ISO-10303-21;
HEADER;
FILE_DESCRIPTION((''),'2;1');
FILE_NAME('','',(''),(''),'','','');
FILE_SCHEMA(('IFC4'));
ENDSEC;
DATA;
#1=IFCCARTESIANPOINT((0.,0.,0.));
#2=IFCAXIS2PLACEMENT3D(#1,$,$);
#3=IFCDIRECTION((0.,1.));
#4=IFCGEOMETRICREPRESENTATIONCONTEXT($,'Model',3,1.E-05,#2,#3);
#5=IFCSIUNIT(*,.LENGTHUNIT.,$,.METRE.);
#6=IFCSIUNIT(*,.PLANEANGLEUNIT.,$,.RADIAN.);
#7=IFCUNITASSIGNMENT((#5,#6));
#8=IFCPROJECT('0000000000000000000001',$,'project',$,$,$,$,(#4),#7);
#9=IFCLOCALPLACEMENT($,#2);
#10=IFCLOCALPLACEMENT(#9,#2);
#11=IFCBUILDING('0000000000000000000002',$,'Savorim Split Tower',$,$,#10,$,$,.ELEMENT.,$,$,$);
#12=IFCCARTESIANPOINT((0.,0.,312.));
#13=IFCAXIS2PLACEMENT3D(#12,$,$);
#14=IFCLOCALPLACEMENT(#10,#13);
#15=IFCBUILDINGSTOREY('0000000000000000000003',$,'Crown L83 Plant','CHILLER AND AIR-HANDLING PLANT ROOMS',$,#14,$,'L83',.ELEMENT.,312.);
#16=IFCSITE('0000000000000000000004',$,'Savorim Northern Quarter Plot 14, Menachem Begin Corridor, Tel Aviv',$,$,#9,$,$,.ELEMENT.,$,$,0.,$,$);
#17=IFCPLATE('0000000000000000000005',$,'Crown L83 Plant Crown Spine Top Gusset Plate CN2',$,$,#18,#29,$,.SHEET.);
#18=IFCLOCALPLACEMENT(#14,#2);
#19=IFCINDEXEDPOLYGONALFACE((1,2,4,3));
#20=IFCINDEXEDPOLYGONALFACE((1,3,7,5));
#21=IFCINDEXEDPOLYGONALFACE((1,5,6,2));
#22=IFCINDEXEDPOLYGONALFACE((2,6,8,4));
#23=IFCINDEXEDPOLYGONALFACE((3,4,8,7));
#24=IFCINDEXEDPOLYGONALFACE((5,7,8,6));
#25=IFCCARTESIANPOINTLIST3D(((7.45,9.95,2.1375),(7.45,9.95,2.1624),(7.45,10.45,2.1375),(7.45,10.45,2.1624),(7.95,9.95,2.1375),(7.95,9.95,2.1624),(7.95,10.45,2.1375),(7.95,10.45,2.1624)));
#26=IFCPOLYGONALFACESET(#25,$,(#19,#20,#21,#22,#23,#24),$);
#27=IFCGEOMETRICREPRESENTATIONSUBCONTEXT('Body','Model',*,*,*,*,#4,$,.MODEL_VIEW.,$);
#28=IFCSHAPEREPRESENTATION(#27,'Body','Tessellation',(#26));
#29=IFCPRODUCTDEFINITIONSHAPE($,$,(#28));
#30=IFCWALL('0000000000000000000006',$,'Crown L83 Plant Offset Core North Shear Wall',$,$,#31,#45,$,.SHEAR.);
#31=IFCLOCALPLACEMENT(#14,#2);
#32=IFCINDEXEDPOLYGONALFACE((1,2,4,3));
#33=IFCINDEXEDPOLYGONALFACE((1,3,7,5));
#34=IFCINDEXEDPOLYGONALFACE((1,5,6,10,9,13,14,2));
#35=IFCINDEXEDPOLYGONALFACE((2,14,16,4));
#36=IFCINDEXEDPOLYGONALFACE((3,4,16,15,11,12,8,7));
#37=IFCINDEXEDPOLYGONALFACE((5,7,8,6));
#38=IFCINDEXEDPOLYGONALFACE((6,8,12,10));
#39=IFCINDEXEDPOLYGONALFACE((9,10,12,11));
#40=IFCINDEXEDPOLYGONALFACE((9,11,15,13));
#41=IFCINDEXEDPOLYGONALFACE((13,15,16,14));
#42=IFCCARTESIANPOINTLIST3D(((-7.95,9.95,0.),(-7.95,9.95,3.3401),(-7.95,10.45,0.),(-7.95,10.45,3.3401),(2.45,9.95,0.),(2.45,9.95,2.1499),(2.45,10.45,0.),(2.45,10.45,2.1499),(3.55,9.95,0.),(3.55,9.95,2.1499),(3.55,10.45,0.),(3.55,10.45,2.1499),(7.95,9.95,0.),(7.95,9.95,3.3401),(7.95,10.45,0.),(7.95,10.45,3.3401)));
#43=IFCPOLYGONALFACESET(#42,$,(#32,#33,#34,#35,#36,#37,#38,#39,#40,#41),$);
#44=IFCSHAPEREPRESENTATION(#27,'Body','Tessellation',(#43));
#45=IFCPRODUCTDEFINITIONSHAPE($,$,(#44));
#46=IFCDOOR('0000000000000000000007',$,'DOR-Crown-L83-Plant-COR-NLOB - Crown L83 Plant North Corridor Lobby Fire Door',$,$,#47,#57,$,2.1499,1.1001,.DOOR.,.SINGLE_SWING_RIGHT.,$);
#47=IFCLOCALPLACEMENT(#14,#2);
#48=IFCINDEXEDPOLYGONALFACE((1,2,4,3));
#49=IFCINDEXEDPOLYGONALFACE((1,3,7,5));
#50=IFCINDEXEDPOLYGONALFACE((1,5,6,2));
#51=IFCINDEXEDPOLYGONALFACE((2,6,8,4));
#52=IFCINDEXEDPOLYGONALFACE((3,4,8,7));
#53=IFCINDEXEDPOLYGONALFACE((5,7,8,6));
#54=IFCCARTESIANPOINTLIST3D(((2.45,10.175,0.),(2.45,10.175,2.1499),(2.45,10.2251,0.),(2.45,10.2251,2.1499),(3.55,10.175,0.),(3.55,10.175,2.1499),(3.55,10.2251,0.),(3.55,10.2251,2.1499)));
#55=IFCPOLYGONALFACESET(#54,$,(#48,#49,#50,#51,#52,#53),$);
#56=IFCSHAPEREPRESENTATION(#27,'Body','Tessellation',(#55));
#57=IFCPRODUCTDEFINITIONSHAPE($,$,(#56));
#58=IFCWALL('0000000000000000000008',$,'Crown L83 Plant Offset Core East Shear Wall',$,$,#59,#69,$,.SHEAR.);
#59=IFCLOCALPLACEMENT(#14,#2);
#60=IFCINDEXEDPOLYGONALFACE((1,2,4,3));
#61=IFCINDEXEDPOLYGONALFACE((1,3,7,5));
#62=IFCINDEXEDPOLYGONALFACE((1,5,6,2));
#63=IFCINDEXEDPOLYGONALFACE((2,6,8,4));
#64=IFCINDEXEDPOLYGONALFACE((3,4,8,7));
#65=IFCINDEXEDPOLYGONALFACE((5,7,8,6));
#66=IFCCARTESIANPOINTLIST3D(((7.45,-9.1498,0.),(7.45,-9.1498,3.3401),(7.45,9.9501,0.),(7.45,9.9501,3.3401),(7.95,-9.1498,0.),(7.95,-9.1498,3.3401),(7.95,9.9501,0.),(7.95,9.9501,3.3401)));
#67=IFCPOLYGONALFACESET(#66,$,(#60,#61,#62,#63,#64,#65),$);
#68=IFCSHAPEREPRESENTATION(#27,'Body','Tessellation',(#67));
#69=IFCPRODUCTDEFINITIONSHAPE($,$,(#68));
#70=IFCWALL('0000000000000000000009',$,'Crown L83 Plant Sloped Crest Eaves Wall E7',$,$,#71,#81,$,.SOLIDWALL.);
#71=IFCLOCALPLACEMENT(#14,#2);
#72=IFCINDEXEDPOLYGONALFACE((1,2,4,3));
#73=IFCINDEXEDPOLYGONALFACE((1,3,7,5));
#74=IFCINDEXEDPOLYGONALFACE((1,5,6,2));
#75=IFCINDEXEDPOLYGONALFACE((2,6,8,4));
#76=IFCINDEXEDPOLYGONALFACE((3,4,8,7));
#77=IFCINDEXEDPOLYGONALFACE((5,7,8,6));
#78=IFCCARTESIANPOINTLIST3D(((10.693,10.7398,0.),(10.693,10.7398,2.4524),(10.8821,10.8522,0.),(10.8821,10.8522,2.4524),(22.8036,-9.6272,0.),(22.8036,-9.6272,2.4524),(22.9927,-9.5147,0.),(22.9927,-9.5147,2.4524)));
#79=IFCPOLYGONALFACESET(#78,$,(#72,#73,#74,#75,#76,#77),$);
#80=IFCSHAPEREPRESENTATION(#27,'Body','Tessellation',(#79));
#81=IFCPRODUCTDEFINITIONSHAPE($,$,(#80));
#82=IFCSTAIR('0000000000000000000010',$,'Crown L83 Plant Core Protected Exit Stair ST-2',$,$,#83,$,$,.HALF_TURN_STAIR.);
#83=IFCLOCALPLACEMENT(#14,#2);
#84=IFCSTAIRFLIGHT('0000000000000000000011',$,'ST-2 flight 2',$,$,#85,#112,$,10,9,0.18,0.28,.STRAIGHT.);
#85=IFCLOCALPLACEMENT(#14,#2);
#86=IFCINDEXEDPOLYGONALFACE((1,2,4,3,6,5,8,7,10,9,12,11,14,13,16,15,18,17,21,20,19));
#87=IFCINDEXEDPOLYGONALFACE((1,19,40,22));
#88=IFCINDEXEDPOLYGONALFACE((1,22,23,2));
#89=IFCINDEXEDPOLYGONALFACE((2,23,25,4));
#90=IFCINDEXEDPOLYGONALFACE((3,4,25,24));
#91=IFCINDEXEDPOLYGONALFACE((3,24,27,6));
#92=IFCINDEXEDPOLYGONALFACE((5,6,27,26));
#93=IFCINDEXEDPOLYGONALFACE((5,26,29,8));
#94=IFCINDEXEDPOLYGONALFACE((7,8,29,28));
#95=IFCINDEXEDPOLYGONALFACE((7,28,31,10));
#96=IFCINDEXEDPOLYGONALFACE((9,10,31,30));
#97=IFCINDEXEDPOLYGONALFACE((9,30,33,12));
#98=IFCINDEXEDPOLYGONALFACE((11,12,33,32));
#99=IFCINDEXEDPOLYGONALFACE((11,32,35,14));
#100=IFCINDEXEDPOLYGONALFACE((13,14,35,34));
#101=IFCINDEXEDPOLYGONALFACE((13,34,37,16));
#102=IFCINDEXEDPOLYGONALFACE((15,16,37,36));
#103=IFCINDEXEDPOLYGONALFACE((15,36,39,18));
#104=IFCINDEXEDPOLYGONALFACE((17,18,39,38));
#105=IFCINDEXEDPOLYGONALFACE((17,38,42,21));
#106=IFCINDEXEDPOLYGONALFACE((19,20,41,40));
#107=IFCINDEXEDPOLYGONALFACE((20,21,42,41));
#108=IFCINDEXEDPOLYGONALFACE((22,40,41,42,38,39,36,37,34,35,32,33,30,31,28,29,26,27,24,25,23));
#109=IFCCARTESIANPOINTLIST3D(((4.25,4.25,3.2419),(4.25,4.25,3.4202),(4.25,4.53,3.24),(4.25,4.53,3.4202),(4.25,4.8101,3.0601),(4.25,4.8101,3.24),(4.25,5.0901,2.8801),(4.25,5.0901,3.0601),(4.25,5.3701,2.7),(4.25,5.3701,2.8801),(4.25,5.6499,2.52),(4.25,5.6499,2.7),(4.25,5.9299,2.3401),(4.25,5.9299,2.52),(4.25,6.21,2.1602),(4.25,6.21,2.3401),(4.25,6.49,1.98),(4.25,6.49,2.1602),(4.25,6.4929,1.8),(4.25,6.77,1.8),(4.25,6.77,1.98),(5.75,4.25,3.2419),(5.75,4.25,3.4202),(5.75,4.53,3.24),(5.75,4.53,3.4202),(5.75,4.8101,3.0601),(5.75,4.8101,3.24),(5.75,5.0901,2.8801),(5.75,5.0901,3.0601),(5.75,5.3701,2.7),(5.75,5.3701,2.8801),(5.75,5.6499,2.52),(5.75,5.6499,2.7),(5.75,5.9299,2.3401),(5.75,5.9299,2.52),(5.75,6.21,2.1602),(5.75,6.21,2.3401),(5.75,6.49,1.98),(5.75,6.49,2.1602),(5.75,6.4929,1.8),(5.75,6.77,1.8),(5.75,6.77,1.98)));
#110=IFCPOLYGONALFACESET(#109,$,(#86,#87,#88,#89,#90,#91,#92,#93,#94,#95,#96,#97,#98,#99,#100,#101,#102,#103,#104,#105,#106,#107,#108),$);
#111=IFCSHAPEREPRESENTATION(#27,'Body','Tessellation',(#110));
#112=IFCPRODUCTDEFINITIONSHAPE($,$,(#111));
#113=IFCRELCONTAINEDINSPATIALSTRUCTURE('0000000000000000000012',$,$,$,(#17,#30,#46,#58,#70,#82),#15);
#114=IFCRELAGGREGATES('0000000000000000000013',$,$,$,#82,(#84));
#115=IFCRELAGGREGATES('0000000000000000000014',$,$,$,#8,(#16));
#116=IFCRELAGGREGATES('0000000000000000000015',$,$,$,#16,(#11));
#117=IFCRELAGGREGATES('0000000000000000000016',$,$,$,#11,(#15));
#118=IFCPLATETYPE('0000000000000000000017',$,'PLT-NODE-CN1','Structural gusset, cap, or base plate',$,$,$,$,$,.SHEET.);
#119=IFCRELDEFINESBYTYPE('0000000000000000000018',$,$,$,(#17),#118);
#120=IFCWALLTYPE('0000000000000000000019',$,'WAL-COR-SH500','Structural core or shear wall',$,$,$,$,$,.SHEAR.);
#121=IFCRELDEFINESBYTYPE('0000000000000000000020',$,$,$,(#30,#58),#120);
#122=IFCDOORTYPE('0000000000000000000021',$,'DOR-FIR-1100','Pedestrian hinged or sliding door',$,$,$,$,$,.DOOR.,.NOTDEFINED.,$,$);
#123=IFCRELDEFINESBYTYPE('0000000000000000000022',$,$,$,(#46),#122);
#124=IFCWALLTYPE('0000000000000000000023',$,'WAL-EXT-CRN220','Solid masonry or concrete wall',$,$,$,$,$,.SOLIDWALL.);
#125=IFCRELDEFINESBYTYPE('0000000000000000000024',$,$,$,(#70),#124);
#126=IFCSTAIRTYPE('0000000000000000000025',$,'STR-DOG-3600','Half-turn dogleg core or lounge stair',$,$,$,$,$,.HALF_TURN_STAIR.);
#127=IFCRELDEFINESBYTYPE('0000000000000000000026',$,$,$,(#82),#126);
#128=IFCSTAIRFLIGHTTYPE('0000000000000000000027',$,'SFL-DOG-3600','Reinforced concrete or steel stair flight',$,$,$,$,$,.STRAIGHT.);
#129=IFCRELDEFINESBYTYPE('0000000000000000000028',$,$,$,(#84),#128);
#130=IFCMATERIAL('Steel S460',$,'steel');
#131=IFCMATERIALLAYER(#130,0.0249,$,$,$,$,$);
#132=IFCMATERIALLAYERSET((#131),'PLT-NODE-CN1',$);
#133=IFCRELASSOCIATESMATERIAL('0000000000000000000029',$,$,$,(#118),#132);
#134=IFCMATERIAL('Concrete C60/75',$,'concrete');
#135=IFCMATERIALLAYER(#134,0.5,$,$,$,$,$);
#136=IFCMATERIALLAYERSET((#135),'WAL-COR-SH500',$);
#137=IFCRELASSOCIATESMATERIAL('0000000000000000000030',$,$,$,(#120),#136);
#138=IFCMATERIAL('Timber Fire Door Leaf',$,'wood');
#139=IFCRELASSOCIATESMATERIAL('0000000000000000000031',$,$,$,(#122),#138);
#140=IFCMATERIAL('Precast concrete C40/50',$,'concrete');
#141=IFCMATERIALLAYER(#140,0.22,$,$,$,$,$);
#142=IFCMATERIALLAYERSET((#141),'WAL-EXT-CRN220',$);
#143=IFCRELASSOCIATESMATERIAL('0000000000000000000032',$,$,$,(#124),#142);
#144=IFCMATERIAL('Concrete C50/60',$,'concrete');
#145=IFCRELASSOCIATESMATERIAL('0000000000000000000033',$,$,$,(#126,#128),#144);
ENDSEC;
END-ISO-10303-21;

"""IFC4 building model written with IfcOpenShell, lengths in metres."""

from ifc_helpers import new_model, si_unit, direction, frame, frame_2d, origin, origin_2d, place, context, subcontext, project, spatial, polyline, rectangle, outline, extrude, material, layer, layer_set, type_object, element, fill, aggregate, save


model = new_model("IFC4")

# Units and contexts
model_context = context("Model", 3, precision=1e-05, world=origin(), true_north=direction((0.0, 1.0)))
body_context = subcontext(model_context, "Body", "Model", "MODEL_VIEW")
ifc_project = project(units=[si_unit("LENGTHUNIT", "METRE"), si_unit("PLANEANGLEUNIT", "RADIAN")], contexts=[model_context])

# Site, building, storey
site_placement = place(None, origin())
site = spatial("IfcSite", under=ifc_project, at=site_placement, Name="Savorim Northern Quarter Plot 14, Menachem Begin Corridor, Tel Aviv", CompositionType="ELEMENT", RefElevation=0.0)
building_placement = place(site_placement, origin())
building = spatial("IfcBuilding", under=site, at=building_placement, Name="Savorim Split Tower", CompositionType="ELEMENT")
storey_placement = place(building_placement, frame((0.0, 0.0, 312.0)))
storey = spatial("IfcBuildingStorey", under=building, at=storey_placement, Name="Crown L83 Plant", Description="CHILLER AND AIR-HANDLING PLANT ROOMS", LongName="L83", CompositionType="ELEMENT", Elevation=312.0)

# Plate
ifc_material_1 = material(Name="Steel S460", Category="steel")
ifc_layer_1 = layer(ifc_material_1, 0.0249)
ifc_layer_set_1 = layer_set([ifc_layer_1], Name="PLT-NODE-CN1")
plate_type_1 = type_object("IfcPlateType", Name="PLT-NODE-CN1", Description="Structural gusset, cap, or base plate", PredefinedType="SHEET", material=ifc_layer_set_1)
plate_1_placement = place(storey_placement, frame((7.7, 10.2, 2.1375), z_axis=(0.0, 0.0, 1.0), x_axis=(1.0, 0.0, 0.0)))
element("IfcPlate", 1, at=plate_1_placement, inside=storey, type_object=plate_type_1, Name="Crown L83 Plant Crown Spine Top Gusset Plate CN2", PredefinedType="SHEET", context=body_context, shape_type="SweptSolid", body=[
    extrude(rectangle(XDim=0.5, YDim=0.5, at=origin_2d()), origin(), (0.0, 0.0, 1.0), 0.0249),
])

# Wall, opening, door
ifc_material_2 = material(Name="Concrete C60/75", Category="concrete")
ifc_layer_2 = layer(ifc_material_2, 0.5)
ifc_layer_set_2 = layer_set([ifc_layer_2], Name="WAL-COR-SH500")
wall_type_1 = type_object("IfcWallType", Name="WAL-COR-SH500", Description="Structural core or shear wall", PredefinedType="SHEAR", material=ifc_layer_set_2)
wall_1_placement = place(storey_placement, frame((7.95, 10.2, 0.0), z_axis=(0.0, 0.0, 1.0), x_axis=(-1.0, 0.0, 0.0)))
wall_1 = element("IfcWall", 2, at=wall_1_placement, inside=storey, type_object=wall_type_1, Name="Crown L83 Plant Offset Core North Shear Wall", PredefinedType="SHEAR", context=body_context, shape_type="SweptSolid", body=[
    extrude(rectangle(XDim=15.8999, YDim=0.5, at=frame_2d((7.95, 0.0))), origin(), (0.0, 0.0, 1.0), 3.3401),
])
opening_placement = place(wall_1_placement, frame((4.3999, 0.0, 0.0)))
opening = element("IfcOpeningElement", 3, at=opening_placement, cuts=wall_1, PredefinedType="OPENING", context=body_context, shape_type="SweptSolid", body=[
    extrude(rectangle(XDim=1.1001, YDim=2.1499, at=frame_2d((0.55, 1.075))), frame((0.0, 0.26, 0.0), z_axis=(0.0, -1.0, 0.0), x_axis=(1.0, 0.0, 0.0)), (0.0, 0.0, 1.0), 0.52),
])
ifc_material_3 = material(Name="Timber Fire Door Leaf", Category="wood")
door_type = type_object("IfcDoorType", Name="DOR-FIR-1100", Description="Pedestrian hinged or sliding door", OperationType="NOTDEFINED", PredefinedType="DOOR", material=ifc_material_3)
door_placement = place(opening_placement, origin())
door = element("IfcDoor", 4, at=door_placement, inside=storey, type_object=door_type, Name="DOR-Crown-L83-Plant-COR-NLOB - Crown L83 Plant North Corridor Lobby Fire Door", OperationType="SINGLE_SWING_RIGHT", OverallHeight=2.1499, OverallWidth=1.1001, PredefinedType="DOOR", context=body_context, shape_type="SweptSolid", body=[
    extrude(rectangle(XDim=1.1001, YDim=2.1499, at=frame_2d((0.55, 1.075))), frame((0.0, 0.0249, 0.0), z_axis=(0.0, -1.0, 0.0), x_axis=(1.0, 0.0, 0.0)), (0.0, 0.0, 1.0), 0.05),
])
fill(opening, door)

# Walls
wall_2_placement = place(storey_placement, frame((7.7, 9.95, 0.0), z_axis=(0.0, 0.0, 1.0), x_axis=(0.0, -1.0, 0.0)))
element("IfcWall", 5, at=wall_2_placement, inside=storey, type_object=wall_type_1, Name="Crown L83 Plant Offset Core East Shear Wall", PredefinedType="SHEAR", context=body_context, shape_type="SweptSolid", body=[
    extrude(rectangle(XDim=19.0999, YDim=0.5, at=frame_2d((9.5498, 0.0))), origin(), (0.0, 0.0, 1.0), 3.3401),
])
ifc_material_4 = material(Name="Precast concrete C40/50", Category="concrete")
ifc_layer_3 = layer(ifc_material_4, 0.22)
ifc_layer_set_3 = layer_set([ifc_layer_3], Name="WAL-EXT-CRN220")
wall_type_2 = type_object("IfcWallType", Name="WAL-EXT-CRN220", Description="Solid masonry or concrete wall", PredefinedType="SOLIDWALL", material=ifc_layer_set_3)
wall_3_placement = place(storey_placement, frame((10.7876, 10.7959, 0.0), z_axis=(0.0, 0.0, 1.0), x_axis=(0.511092, -0.859526, 0.0)))
element("IfcWall", 6, at=wall_3_placement, inside=storey, type_object=wall_type_2, Name="Crown L83 Plant Sloped Crest Eaves Wall E7", PredefinedType="SOLIDWALL", context=body_context, shape_type="SweptSolid", body=[
    extrude(rectangle(XDim=23.6956, YDim=0.22, at=frame_2d((11.8477, 0.0))), origin(), (0.0, 0.0, 1.0), 2.4524),
])

# Stair, stair flight
ifc_material_5 = material(Name="Concrete C50/60", Category="concrete")
stair_type = type_object("IfcStairType", Name="STR-DOG-3600", Description="Half-turn dogleg core or lounge stair", PredefinedType="HALF_TURN_STAIR", material=ifc_material_5)
stair_placement = place(storey_placement, origin())
stair = element("IfcStair", 7, at=stair_placement, inside=storey, type_object=stair_type, Name="Crown L83 Plant Core Protected Exit Stair ST-2", PredefinedType="HALF_TURN_STAIR")
stair_flight_type = type_object("IfcStairFlightType", Name="SFL-DOG-3600", Description="Reinforced concrete or steel stair flight", PredefinedType="STRAIGHT", material=ifc_material_5)
stair_flight_placement = place(storey_placement, frame((5.0, 6.77, 1.8), z_axis=(0.0, 0.0, 1.0), x_axis=(0.0, -1.0, 0.0)))
stair_flight = element("IfcStairFlight", 8, at=stair_flight_placement, type_object=stair_flight_type, Name="ST-2 flight 2", NumberOfRisers=10, NumberOfTreads=9, PredefinedType="STRAIGHT", RiserHeight=0.18, TreadLength=0.28, context=body_context, shape_type="SweptSolid", body=[
    extrude(outline(polyline([(0.0, 0.0), (0.0, 0.1799), (0.28, 0.1799), (0.28, 0.3601), (0.5601, 0.3601), (0.5601, 0.54), (0.8401, 0.54), (0.8401, 0.72), (1.1201, 0.72), (1.1201, 0.8999), (1.3999, 0.8999), (1.3999, 1.0801), (1.6799, 1.0801), (1.6799, 1.26), (1.96, 1.26), (1.96, 1.4399), (2.24, 1.4399), (2.24, 1.6201), (2.52, 1.6201), (2.52, 1.8), (2.52, 1.4419), (0.2771, 0.0), (0.0, 0.0)])), frame((0.0, 0.75, 0.0), z_axis=(0.0, -1.0, 0.0), x_axis=(1.0, 0.0, 0.0)), (0.0, 0.0, 1.0), 1.5),
])
aggregate(stair, [stair_flight])

save(model, "model.ifc")
